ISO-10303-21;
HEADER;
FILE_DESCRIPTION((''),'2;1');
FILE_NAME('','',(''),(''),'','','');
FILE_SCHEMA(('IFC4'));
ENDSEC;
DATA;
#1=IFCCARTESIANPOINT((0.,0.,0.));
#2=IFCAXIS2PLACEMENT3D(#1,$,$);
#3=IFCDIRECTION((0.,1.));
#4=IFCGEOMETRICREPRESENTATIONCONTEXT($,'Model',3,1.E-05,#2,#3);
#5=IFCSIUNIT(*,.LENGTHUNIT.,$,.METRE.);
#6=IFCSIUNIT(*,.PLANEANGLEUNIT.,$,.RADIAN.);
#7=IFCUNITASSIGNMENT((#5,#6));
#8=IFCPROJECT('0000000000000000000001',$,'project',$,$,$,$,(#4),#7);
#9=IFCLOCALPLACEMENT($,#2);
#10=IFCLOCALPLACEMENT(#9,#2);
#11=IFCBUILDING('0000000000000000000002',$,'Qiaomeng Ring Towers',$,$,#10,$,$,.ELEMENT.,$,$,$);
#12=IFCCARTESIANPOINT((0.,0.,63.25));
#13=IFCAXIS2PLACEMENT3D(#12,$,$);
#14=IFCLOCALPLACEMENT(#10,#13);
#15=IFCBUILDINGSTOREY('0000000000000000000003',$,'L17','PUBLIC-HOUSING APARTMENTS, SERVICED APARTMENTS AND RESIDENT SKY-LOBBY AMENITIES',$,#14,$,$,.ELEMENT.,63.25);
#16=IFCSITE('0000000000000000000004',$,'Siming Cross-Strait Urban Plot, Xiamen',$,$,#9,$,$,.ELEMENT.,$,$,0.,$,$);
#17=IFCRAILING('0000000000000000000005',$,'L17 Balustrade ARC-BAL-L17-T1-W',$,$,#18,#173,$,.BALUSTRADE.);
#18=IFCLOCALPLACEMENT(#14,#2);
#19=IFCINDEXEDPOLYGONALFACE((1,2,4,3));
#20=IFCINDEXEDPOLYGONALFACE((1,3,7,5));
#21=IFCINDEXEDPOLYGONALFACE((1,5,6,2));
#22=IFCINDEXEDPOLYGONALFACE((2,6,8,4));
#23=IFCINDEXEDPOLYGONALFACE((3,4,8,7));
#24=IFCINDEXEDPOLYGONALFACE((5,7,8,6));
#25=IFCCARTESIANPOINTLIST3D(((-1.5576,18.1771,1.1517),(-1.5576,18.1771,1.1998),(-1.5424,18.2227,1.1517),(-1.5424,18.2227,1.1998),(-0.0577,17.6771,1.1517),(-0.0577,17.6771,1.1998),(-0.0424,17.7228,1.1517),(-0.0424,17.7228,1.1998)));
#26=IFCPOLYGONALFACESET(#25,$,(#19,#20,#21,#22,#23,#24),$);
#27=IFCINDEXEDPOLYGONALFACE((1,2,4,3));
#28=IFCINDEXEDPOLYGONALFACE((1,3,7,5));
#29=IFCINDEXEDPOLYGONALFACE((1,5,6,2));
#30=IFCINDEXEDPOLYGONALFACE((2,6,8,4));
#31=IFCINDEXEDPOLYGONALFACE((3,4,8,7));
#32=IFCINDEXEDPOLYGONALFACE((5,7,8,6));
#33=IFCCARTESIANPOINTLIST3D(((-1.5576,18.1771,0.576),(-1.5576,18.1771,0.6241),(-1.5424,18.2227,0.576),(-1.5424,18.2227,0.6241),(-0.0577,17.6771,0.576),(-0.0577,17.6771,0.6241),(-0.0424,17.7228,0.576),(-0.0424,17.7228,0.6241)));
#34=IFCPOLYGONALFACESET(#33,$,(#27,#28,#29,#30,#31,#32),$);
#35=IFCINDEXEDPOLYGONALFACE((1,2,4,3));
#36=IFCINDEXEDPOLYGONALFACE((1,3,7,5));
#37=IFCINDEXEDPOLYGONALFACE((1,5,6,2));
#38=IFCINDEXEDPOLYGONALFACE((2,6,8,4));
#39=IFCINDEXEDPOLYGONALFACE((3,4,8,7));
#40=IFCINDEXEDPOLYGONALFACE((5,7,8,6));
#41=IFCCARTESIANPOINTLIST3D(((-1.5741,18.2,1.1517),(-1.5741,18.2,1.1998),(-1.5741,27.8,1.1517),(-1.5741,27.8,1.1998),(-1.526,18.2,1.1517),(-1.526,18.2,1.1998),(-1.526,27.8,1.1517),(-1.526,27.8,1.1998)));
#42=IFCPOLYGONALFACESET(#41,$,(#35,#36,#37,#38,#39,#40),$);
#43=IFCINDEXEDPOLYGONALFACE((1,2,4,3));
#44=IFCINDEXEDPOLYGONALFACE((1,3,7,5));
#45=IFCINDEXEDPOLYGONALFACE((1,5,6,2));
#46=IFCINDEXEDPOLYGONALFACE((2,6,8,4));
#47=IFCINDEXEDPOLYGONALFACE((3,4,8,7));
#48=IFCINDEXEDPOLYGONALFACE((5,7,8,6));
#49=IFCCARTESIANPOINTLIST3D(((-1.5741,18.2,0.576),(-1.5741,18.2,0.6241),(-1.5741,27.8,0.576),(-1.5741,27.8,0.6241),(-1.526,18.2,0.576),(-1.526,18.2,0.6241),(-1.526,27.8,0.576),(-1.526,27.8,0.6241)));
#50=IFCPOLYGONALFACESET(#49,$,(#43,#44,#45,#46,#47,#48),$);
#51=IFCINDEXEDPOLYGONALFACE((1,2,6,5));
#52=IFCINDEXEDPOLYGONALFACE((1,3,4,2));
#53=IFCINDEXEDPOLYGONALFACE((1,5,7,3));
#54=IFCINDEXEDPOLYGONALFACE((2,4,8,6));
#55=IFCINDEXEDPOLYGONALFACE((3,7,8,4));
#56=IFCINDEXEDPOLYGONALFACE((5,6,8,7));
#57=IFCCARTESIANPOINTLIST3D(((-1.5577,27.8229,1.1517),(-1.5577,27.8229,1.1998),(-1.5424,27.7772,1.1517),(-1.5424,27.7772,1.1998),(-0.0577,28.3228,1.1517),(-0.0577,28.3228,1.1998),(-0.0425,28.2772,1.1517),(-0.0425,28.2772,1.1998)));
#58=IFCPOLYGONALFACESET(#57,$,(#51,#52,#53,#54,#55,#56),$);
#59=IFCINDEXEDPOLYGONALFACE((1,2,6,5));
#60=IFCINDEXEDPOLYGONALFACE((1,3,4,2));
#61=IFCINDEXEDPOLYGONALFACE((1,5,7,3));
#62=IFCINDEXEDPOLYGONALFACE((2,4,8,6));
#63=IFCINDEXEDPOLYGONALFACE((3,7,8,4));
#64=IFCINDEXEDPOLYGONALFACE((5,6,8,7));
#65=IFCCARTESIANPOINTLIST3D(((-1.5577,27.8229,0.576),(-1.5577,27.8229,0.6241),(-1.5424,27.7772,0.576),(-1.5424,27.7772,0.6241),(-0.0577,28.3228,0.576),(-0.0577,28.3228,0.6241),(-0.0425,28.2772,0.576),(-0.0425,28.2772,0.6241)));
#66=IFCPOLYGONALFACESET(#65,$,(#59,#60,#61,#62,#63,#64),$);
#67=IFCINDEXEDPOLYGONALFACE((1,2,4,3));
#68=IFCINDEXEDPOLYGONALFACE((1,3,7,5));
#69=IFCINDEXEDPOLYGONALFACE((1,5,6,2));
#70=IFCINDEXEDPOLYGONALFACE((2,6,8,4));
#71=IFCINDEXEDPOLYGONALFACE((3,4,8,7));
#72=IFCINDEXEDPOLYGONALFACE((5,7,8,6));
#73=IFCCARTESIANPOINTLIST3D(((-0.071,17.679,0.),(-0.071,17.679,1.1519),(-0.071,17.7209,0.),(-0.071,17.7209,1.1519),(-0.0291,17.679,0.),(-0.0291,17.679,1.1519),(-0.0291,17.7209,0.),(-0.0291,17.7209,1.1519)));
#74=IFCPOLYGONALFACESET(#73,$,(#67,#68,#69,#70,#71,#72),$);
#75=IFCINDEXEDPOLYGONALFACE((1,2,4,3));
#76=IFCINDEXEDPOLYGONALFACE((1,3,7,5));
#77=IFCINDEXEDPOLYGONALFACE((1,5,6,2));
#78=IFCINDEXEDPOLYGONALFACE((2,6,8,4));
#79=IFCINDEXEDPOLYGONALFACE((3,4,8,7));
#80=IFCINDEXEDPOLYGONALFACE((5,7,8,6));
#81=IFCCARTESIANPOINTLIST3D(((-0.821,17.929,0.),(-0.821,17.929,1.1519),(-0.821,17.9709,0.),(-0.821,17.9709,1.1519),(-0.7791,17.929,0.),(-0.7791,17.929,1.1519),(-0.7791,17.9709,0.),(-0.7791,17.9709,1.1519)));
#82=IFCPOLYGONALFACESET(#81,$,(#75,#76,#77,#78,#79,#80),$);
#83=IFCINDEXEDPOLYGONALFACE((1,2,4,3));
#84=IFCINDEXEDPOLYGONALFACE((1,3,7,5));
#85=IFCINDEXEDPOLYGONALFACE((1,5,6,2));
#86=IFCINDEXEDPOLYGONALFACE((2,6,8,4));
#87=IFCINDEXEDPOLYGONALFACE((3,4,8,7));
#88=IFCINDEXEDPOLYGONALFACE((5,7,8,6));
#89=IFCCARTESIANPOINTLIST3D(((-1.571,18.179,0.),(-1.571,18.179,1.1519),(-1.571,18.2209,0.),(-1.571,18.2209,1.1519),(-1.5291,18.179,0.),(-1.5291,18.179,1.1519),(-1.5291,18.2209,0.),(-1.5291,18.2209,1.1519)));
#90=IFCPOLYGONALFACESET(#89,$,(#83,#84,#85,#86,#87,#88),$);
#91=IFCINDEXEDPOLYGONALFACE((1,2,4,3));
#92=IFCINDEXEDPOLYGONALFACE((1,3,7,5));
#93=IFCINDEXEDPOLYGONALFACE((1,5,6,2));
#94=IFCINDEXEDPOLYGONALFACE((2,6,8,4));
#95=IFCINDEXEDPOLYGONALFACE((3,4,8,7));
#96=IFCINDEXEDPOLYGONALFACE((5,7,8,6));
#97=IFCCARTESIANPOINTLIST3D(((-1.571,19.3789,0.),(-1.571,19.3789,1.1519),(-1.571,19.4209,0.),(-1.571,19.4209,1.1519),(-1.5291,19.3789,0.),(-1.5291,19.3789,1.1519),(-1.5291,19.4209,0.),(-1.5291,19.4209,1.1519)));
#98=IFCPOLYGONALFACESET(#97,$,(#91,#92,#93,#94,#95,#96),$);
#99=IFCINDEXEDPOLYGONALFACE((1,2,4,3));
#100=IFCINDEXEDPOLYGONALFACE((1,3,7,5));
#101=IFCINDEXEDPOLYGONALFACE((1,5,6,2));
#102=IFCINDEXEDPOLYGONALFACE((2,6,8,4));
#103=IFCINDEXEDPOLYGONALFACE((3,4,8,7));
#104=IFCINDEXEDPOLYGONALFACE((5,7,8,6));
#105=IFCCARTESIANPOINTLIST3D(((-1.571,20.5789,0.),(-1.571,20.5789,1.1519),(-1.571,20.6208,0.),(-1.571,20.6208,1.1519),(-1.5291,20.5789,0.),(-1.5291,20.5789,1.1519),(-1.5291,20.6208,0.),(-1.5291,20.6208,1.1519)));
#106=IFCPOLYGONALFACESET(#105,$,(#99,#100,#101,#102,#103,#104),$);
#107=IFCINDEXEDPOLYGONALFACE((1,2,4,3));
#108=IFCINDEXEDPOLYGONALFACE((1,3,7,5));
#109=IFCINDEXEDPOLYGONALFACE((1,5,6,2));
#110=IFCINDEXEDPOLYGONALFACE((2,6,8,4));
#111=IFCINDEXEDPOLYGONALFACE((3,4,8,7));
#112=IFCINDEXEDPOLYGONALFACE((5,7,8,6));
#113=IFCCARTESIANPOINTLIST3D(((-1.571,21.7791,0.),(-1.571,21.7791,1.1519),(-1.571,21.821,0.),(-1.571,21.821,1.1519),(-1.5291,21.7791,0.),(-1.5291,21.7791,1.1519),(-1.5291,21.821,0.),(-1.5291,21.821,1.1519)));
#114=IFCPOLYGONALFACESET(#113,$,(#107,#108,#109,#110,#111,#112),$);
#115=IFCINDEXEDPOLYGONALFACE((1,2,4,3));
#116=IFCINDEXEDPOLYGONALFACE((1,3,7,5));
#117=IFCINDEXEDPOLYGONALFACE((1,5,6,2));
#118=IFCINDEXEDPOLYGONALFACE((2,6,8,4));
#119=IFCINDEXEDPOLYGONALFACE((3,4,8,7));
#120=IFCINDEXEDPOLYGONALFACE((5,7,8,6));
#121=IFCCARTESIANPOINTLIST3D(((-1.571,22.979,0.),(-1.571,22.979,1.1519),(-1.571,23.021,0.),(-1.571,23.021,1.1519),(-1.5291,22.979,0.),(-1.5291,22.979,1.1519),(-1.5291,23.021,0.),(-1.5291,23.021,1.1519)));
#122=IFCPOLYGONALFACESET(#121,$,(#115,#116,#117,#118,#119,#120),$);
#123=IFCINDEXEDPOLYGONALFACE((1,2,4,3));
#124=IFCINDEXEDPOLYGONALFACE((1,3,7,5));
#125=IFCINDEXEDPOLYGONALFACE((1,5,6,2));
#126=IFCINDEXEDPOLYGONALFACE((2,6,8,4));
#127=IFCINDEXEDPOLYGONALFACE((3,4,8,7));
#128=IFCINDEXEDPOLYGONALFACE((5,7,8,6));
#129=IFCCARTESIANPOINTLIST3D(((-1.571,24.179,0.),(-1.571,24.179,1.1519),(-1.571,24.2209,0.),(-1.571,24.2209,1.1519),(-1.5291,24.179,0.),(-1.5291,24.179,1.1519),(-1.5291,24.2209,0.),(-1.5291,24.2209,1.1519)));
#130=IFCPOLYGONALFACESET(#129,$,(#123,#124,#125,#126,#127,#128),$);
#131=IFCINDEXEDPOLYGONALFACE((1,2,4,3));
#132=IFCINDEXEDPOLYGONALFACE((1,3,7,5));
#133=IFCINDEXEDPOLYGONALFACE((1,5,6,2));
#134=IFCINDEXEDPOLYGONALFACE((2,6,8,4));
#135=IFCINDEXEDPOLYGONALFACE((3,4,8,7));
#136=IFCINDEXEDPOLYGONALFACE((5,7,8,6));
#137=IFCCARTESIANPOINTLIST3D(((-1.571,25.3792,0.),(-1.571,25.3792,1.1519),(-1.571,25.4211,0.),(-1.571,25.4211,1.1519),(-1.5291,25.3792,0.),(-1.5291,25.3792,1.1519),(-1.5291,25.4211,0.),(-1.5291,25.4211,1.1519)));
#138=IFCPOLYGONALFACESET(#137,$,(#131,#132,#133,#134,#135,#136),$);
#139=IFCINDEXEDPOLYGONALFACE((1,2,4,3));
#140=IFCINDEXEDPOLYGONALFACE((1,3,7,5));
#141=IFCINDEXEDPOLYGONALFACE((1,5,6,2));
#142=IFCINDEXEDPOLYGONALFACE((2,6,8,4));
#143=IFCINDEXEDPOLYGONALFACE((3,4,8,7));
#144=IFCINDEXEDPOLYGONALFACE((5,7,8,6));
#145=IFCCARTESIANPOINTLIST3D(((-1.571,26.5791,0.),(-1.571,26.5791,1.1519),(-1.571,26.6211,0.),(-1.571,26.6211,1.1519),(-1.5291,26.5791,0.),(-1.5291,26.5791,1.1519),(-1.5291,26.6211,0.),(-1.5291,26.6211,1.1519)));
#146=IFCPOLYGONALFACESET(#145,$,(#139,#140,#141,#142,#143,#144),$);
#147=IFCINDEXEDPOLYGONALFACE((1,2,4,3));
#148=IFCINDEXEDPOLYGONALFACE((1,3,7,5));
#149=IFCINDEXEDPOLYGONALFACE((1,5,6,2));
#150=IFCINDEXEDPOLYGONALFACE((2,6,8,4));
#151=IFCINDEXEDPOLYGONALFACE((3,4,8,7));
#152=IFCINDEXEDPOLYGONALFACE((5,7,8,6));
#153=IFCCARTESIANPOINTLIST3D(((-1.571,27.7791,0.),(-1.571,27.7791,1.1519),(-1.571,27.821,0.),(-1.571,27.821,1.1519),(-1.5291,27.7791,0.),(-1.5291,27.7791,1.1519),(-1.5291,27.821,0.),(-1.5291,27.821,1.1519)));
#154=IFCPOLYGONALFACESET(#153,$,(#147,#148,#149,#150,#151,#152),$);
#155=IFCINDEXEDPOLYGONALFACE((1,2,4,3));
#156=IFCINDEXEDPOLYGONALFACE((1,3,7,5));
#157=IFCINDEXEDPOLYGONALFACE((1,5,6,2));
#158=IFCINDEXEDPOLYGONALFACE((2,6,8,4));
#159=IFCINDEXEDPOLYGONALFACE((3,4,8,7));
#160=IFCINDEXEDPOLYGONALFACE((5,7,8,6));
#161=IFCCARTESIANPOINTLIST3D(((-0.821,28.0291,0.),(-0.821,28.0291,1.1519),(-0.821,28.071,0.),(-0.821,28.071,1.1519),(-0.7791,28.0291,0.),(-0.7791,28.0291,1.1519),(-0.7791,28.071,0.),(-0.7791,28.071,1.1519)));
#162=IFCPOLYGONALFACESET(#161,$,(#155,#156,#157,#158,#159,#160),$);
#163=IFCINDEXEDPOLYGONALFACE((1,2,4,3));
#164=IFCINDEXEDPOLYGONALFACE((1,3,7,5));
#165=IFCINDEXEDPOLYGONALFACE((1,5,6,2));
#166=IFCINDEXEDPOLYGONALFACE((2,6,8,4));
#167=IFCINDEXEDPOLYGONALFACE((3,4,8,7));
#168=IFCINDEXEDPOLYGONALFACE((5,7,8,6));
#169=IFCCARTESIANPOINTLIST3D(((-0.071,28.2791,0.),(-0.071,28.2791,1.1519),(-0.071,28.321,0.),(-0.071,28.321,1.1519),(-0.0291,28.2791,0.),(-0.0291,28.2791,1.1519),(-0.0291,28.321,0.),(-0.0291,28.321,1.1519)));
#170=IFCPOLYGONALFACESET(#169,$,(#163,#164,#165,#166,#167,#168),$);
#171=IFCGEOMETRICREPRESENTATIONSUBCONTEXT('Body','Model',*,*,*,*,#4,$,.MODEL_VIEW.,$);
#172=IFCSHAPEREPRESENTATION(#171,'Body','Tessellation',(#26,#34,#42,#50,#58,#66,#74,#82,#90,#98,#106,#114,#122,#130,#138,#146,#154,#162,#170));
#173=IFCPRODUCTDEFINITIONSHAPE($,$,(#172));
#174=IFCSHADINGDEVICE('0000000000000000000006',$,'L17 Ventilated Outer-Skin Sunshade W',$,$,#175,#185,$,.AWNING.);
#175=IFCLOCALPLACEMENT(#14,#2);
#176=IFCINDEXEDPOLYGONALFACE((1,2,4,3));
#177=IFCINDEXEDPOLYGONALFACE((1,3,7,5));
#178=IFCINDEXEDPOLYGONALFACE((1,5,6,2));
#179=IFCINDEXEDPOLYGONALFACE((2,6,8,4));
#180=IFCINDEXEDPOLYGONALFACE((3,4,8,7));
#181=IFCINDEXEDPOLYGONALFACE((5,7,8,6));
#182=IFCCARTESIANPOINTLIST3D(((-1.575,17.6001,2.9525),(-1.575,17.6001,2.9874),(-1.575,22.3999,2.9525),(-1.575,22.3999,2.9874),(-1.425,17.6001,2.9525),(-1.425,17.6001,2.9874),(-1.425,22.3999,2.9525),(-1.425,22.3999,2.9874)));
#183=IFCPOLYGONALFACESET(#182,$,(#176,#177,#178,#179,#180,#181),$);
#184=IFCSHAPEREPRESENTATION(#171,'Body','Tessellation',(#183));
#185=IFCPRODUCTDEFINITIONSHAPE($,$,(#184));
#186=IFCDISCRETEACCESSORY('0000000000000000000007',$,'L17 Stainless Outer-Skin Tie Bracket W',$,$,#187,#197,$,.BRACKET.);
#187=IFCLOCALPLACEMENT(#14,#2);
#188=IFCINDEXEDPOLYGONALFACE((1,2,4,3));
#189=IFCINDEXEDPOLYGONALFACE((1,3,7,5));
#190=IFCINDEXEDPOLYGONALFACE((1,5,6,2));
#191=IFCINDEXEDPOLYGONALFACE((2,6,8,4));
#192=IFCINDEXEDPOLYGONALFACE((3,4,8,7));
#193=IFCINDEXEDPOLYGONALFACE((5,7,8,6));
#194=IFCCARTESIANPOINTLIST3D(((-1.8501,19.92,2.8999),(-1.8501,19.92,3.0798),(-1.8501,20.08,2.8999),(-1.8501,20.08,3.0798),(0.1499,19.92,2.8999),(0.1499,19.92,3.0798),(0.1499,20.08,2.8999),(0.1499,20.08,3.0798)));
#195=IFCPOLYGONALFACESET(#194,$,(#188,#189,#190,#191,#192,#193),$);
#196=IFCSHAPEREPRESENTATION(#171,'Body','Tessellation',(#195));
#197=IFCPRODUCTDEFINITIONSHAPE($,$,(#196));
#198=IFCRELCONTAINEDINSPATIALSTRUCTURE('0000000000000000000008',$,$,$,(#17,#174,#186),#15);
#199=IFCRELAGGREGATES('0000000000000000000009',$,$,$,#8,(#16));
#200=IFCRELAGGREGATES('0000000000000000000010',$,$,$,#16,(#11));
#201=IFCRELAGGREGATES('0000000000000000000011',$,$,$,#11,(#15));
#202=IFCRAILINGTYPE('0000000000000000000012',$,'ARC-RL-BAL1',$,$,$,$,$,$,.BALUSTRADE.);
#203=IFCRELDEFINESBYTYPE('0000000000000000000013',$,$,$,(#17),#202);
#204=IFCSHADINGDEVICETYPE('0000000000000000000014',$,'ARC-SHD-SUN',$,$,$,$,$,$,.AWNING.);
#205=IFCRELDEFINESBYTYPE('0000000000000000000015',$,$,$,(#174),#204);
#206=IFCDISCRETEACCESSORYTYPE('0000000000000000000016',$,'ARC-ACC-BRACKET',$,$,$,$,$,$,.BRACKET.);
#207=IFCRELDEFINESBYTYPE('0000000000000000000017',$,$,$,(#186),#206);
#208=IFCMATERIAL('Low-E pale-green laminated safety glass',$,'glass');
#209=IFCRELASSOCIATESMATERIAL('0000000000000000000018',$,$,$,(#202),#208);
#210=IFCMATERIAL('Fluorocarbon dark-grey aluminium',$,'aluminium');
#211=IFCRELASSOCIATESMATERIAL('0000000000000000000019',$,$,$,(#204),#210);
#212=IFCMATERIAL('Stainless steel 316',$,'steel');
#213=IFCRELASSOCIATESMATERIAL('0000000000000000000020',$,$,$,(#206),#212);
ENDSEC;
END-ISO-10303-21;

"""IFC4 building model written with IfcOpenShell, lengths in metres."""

from ifc_helpers import new_model, si_unit, direction, frame, origin, origin_2d, place, context, subcontext, project, spatial, rectangle, extrude, source, transform, mapped, material, material_profile, profile_set, type_object, element, save


model = new_model("IFC4")

# Units and contexts
model_context = context("Model", 3, precision=1e-05, world=origin(), true_north=direction((0.0, 1.0)))
body_context = subcontext(model_context, "Body", "Model", "MODEL_VIEW")
ifc_project = project(units=[si_unit("LENGTHUNIT", "METRE"), si_unit("PLANEANGLEUNIT", "RADIAN")], contexts=[model_context])

# Site, building, storey
site_placement = place(None, origin())
site = spatial("IfcSite", under=ifc_project, at=site_placement, Name="Siming Cross-Strait Urban Plot, Xiamen", CompositionType="ELEMENT", RefElevation=0.0)
building_placement = place(site_placement, origin())
building = spatial("IfcBuilding", under=site, at=building_placement, Name="Qiaomeng Ring Towers", CompositionType="ELEMENT")
storey_placement = place(building_placement, frame((0.0, 0.0, 63.25)))
storey = spatial("IfcBuildingStorey", under=building, at=storey_placement, Name="L17", Description="PUBLIC-HOUSING APARTMENTS, SERVICED APARTMENTS AND RESIDENT SKY-LOBBY AMENITIES", CompositionType="ELEMENT", Elevation=63.25)

# Shared definitions
ifc_material_1 = material(Name="Stainless steel 316", Category="steel")

# Railing
ifc_material_2 = material(Name="Low-E pale-green laminated safety glass", Category="glass")
railing_type = type_object("IfcRailingType", Name="ARC-RL-BAL1", PredefinedType="BALUSTRADE", material=ifc_material_2)
railing_1_placement = place(storey_placement, frame((-0.05, 17.7, 0.0)))
element("IfcRailing", 1, at=railing_1_placement, inside=storey, type_object=railing_type, Name="L17 Balustrade ARC-BAL-L17-T1-W", PredefinedType="BALUSTRADE", context=body_context, shape_type="SweptSolid", body=[
    extrude(rectangle(XDim=0.0481, YDim=0.0481, at=origin_2d()), frame((0.0, 0.0, 1.1758), z_axis=(-0.948683, 0.316228, 0.0), x_axis=(-0.316228, -0.948683, 0.0)), (0.0, 0.0, 1.0), 1.5811),
    extrude(rectangle(XDim=0.0481, YDim=0.0481, at=origin_2d()), frame((0.0, 0.0, 0.6001), z_axis=(-0.948683, 0.316228, 0.0), x_axis=(-0.316228, -0.948683, 0.0)), (0.0, 0.0, 1.0), 1.5811),
    extrude(rectangle(XDim=0.0481, YDim=0.0481, at=origin_2d()), frame((-1.5, 0.5, 1.1758), z_axis=(0.0, 1.0, 0.0), x_axis=(-1.0, 0.0, 0.0)), (0.0, 0.0, 1.0), 9.6001),
    extrude(rectangle(XDim=0.0481, YDim=0.0481, at=origin_2d()), frame((-1.5, 0.5, 0.6001), z_axis=(0.0, 1.0, 0.0), x_axis=(-1.0, 0.0, 0.0)), (0.0, 0.0, 1.0), 9.6001),
    extrude(rectangle(XDim=0.0481, YDim=0.0481, at=origin_2d()), frame((-1.5, 10.1001, 1.1758), z_axis=(0.948683, 0.316228, 0.0), x_axis=(-0.316228, 0.948683, 0.0)), (0.0, 0.0, 1.0), 1.5811),
    extrude(rectangle(XDim=0.0481, YDim=0.0481, at=origin_2d()), frame((-1.5, 10.1001, 0.6001), z_axis=(0.948683, 0.316228, 0.0), x_axis=(-0.316228, 0.948683, 0.0)), (0.0, 0.0, 1.0), 1.5811),
    extrude(rectangle(XDim=0.042, YDim=0.042, at=origin_2d()), origin(), (0.0, 0.0, 1.0), 1.1519),
    extrude(rectangle(XDim=0.042, YDim=0.042, at=origin_2d()), frame((-0.75, 0.25, 0.0)), (0.0, 0.0, 1.0), 1.1519),
    extrude(rectangle(XDim=0.042, YDim=0.042, at=origin_2d()), frame((-1.5, 0.5, 0.0)), (0.0, 0.0, 1.0), 1.1519),
    extrude(rectangle(XDim=0.042, YDim=0.042, at=origin_2d()), frame((-1.5, 1.7, 0.0)), (0.0, 0.0, 1.0), 1.1519),
    extrude(rectangle(XDim=0.042, YDim=0.042, at=origin_2d()), frame((-1.5, 2.8999, 0.0)), (0.0, 0.0, 1.0), 1.1519),
    extrude(rectangle(XDim=0.042, YDim=0.042, at=origin_2d()), frame((-1.5, 4.1001, 0.0)), (0.0, 0.0, 1.0), 1.1519),
    extrude(rectangle(XDim=0.042, YDim=0.042, at=origin_2d()), frame((-1.5, 5.3, 0.0)), (0.0, 0.0, 1.0), 1.1519),
    extrude(rectangle(XDim=0.042, YDim=0.042, at=origin_2d()), frame((-1.5, 6.5, 0.0)), (0.0, 0.0, 1.0), 1.1519),
    extrude(rectangle(XDim=0.042, YDim=0.042, at=origin_2d()), frame((-1.5, 7.7002, 0.0)), (0.0, 0.0, 1.0), 1.1519),
    extrude(rectangle(XDim=0.042, YDim=0.042, at=origin_2d()), frame((-1.5, 8.9001, 0.0)), (0.0, 0.0, 1.0), 1.1519),
    extrude(rectangle(XDim=0.042, YDim=0.042, at=origin_2d()), frame((-1.5, 10.1001, 0.0)), (0.0, 0.0, 1.0), 1.1519),
    extrude(rectangle(XDim=0.042, YDim=0.042, at=origin_2d()), frame((-0.75, 10.3501, 0.0)), (0.0, 0.0, 1.0), 1.1519),
    extrude(rectangle(XDim=0.042, YDim=0.042, at=origin_2d()), frame((0.0, 10.6001, 0.0)), (0.0, 0.0, 1.0), 1.1519),
])

# Shading device
ifc_material_3 = material(Name="Fluorocarbon dark-grey aluminium", Category="aluminium")
ifc_material_profile_1 = material_profile(ifc_material_3, rectangle(XDim=0.1499, YDim=0.0349, at=origin_2d()), Name="LV BLADE 150x35")
ifc_profile_set_1 = profile_set([ifc_material_profile_1], Name="Fluorocarbon dark-grey aluminium")
shading_device_type = type_object("IfcShadingDeviceType", Name="ARC-SHD-SUN", PredefinedType="AWNING", material=ifc_profile_set_1)
shared_shape_1 = source(origin(), body_context, "Body", "SweptSolid", [
    extrude(rectangle(XDim=0.1499, YDim=0.0349, at=origin_2d()), origin(), (0.0, 0.0, 1.0), 4.7998),
])
shading_device_placement = place(storey_placement, frame((-1.5, 17.6001, 2.97), z_axis=(0.0, 1.0, 0.0), x_axis=(-1.0, 0.0, 0.0)))
element("IfcShadingDevice", 2, at=shading_device_placement, inside=storey, type_object=shading_device_type, Name="L17 Ventilated Outer-Skin Sunshade W", PredefinedType="AWNING", context=body_context, shape_type="MappedRepresentation", body=[
    mapped(shared_shape_1, transform((0.0, 0.0, 0.0), x_axis=(1.0, 0.0, 0.0), y_axis=(0.0, 1.0, 0.0), z_axis=(0.0, 0.0, 1.0), scale=1.0)),
])

# Discrete accessory
discrete_accessory_type = type_object("IfcDiscreteAccessoryType", Name="ARC-ACC-BRACKET", PredefinedType="BRACKET", material=ifc_material_1)
shared_shape_2 = source(origin(), body_context, "Body", "SweptSolid", [
    extrude(rectangle(XDim=2.0, YDim=0.1599, at=origin_2d()), origin(), (0.0, 0.0, 1.0), 0.1799),
])
discrete_accessory_placement = place(storey_placement, frame((-0.8501, 20.0, 2.8999), z_axis=(0.0, 0.0, 1.0), x_axis=(1.0, 0.0, 0.0)))
element("IfcDiscreteAccessory", 3, at=discrete_accessory_placement, inside=storey, type_object=discrete_accessory_type, Name="L17 Stainless Outer-Skin Tie Bracket W", PredefinedType="BRACKET", context=body_context, shape_type="MappedRepresentation", body=[
    mapped(shared_shape_2, transform((0.0, 0.0, 0.0), x_axis=(1.0, 0.0, 0.0), y_axis=(0.0, 1.0, 0.0), z_axis=(0.0, 0.0, 1.0), scale=1.0)),
])

save(model, "model.ifc")
